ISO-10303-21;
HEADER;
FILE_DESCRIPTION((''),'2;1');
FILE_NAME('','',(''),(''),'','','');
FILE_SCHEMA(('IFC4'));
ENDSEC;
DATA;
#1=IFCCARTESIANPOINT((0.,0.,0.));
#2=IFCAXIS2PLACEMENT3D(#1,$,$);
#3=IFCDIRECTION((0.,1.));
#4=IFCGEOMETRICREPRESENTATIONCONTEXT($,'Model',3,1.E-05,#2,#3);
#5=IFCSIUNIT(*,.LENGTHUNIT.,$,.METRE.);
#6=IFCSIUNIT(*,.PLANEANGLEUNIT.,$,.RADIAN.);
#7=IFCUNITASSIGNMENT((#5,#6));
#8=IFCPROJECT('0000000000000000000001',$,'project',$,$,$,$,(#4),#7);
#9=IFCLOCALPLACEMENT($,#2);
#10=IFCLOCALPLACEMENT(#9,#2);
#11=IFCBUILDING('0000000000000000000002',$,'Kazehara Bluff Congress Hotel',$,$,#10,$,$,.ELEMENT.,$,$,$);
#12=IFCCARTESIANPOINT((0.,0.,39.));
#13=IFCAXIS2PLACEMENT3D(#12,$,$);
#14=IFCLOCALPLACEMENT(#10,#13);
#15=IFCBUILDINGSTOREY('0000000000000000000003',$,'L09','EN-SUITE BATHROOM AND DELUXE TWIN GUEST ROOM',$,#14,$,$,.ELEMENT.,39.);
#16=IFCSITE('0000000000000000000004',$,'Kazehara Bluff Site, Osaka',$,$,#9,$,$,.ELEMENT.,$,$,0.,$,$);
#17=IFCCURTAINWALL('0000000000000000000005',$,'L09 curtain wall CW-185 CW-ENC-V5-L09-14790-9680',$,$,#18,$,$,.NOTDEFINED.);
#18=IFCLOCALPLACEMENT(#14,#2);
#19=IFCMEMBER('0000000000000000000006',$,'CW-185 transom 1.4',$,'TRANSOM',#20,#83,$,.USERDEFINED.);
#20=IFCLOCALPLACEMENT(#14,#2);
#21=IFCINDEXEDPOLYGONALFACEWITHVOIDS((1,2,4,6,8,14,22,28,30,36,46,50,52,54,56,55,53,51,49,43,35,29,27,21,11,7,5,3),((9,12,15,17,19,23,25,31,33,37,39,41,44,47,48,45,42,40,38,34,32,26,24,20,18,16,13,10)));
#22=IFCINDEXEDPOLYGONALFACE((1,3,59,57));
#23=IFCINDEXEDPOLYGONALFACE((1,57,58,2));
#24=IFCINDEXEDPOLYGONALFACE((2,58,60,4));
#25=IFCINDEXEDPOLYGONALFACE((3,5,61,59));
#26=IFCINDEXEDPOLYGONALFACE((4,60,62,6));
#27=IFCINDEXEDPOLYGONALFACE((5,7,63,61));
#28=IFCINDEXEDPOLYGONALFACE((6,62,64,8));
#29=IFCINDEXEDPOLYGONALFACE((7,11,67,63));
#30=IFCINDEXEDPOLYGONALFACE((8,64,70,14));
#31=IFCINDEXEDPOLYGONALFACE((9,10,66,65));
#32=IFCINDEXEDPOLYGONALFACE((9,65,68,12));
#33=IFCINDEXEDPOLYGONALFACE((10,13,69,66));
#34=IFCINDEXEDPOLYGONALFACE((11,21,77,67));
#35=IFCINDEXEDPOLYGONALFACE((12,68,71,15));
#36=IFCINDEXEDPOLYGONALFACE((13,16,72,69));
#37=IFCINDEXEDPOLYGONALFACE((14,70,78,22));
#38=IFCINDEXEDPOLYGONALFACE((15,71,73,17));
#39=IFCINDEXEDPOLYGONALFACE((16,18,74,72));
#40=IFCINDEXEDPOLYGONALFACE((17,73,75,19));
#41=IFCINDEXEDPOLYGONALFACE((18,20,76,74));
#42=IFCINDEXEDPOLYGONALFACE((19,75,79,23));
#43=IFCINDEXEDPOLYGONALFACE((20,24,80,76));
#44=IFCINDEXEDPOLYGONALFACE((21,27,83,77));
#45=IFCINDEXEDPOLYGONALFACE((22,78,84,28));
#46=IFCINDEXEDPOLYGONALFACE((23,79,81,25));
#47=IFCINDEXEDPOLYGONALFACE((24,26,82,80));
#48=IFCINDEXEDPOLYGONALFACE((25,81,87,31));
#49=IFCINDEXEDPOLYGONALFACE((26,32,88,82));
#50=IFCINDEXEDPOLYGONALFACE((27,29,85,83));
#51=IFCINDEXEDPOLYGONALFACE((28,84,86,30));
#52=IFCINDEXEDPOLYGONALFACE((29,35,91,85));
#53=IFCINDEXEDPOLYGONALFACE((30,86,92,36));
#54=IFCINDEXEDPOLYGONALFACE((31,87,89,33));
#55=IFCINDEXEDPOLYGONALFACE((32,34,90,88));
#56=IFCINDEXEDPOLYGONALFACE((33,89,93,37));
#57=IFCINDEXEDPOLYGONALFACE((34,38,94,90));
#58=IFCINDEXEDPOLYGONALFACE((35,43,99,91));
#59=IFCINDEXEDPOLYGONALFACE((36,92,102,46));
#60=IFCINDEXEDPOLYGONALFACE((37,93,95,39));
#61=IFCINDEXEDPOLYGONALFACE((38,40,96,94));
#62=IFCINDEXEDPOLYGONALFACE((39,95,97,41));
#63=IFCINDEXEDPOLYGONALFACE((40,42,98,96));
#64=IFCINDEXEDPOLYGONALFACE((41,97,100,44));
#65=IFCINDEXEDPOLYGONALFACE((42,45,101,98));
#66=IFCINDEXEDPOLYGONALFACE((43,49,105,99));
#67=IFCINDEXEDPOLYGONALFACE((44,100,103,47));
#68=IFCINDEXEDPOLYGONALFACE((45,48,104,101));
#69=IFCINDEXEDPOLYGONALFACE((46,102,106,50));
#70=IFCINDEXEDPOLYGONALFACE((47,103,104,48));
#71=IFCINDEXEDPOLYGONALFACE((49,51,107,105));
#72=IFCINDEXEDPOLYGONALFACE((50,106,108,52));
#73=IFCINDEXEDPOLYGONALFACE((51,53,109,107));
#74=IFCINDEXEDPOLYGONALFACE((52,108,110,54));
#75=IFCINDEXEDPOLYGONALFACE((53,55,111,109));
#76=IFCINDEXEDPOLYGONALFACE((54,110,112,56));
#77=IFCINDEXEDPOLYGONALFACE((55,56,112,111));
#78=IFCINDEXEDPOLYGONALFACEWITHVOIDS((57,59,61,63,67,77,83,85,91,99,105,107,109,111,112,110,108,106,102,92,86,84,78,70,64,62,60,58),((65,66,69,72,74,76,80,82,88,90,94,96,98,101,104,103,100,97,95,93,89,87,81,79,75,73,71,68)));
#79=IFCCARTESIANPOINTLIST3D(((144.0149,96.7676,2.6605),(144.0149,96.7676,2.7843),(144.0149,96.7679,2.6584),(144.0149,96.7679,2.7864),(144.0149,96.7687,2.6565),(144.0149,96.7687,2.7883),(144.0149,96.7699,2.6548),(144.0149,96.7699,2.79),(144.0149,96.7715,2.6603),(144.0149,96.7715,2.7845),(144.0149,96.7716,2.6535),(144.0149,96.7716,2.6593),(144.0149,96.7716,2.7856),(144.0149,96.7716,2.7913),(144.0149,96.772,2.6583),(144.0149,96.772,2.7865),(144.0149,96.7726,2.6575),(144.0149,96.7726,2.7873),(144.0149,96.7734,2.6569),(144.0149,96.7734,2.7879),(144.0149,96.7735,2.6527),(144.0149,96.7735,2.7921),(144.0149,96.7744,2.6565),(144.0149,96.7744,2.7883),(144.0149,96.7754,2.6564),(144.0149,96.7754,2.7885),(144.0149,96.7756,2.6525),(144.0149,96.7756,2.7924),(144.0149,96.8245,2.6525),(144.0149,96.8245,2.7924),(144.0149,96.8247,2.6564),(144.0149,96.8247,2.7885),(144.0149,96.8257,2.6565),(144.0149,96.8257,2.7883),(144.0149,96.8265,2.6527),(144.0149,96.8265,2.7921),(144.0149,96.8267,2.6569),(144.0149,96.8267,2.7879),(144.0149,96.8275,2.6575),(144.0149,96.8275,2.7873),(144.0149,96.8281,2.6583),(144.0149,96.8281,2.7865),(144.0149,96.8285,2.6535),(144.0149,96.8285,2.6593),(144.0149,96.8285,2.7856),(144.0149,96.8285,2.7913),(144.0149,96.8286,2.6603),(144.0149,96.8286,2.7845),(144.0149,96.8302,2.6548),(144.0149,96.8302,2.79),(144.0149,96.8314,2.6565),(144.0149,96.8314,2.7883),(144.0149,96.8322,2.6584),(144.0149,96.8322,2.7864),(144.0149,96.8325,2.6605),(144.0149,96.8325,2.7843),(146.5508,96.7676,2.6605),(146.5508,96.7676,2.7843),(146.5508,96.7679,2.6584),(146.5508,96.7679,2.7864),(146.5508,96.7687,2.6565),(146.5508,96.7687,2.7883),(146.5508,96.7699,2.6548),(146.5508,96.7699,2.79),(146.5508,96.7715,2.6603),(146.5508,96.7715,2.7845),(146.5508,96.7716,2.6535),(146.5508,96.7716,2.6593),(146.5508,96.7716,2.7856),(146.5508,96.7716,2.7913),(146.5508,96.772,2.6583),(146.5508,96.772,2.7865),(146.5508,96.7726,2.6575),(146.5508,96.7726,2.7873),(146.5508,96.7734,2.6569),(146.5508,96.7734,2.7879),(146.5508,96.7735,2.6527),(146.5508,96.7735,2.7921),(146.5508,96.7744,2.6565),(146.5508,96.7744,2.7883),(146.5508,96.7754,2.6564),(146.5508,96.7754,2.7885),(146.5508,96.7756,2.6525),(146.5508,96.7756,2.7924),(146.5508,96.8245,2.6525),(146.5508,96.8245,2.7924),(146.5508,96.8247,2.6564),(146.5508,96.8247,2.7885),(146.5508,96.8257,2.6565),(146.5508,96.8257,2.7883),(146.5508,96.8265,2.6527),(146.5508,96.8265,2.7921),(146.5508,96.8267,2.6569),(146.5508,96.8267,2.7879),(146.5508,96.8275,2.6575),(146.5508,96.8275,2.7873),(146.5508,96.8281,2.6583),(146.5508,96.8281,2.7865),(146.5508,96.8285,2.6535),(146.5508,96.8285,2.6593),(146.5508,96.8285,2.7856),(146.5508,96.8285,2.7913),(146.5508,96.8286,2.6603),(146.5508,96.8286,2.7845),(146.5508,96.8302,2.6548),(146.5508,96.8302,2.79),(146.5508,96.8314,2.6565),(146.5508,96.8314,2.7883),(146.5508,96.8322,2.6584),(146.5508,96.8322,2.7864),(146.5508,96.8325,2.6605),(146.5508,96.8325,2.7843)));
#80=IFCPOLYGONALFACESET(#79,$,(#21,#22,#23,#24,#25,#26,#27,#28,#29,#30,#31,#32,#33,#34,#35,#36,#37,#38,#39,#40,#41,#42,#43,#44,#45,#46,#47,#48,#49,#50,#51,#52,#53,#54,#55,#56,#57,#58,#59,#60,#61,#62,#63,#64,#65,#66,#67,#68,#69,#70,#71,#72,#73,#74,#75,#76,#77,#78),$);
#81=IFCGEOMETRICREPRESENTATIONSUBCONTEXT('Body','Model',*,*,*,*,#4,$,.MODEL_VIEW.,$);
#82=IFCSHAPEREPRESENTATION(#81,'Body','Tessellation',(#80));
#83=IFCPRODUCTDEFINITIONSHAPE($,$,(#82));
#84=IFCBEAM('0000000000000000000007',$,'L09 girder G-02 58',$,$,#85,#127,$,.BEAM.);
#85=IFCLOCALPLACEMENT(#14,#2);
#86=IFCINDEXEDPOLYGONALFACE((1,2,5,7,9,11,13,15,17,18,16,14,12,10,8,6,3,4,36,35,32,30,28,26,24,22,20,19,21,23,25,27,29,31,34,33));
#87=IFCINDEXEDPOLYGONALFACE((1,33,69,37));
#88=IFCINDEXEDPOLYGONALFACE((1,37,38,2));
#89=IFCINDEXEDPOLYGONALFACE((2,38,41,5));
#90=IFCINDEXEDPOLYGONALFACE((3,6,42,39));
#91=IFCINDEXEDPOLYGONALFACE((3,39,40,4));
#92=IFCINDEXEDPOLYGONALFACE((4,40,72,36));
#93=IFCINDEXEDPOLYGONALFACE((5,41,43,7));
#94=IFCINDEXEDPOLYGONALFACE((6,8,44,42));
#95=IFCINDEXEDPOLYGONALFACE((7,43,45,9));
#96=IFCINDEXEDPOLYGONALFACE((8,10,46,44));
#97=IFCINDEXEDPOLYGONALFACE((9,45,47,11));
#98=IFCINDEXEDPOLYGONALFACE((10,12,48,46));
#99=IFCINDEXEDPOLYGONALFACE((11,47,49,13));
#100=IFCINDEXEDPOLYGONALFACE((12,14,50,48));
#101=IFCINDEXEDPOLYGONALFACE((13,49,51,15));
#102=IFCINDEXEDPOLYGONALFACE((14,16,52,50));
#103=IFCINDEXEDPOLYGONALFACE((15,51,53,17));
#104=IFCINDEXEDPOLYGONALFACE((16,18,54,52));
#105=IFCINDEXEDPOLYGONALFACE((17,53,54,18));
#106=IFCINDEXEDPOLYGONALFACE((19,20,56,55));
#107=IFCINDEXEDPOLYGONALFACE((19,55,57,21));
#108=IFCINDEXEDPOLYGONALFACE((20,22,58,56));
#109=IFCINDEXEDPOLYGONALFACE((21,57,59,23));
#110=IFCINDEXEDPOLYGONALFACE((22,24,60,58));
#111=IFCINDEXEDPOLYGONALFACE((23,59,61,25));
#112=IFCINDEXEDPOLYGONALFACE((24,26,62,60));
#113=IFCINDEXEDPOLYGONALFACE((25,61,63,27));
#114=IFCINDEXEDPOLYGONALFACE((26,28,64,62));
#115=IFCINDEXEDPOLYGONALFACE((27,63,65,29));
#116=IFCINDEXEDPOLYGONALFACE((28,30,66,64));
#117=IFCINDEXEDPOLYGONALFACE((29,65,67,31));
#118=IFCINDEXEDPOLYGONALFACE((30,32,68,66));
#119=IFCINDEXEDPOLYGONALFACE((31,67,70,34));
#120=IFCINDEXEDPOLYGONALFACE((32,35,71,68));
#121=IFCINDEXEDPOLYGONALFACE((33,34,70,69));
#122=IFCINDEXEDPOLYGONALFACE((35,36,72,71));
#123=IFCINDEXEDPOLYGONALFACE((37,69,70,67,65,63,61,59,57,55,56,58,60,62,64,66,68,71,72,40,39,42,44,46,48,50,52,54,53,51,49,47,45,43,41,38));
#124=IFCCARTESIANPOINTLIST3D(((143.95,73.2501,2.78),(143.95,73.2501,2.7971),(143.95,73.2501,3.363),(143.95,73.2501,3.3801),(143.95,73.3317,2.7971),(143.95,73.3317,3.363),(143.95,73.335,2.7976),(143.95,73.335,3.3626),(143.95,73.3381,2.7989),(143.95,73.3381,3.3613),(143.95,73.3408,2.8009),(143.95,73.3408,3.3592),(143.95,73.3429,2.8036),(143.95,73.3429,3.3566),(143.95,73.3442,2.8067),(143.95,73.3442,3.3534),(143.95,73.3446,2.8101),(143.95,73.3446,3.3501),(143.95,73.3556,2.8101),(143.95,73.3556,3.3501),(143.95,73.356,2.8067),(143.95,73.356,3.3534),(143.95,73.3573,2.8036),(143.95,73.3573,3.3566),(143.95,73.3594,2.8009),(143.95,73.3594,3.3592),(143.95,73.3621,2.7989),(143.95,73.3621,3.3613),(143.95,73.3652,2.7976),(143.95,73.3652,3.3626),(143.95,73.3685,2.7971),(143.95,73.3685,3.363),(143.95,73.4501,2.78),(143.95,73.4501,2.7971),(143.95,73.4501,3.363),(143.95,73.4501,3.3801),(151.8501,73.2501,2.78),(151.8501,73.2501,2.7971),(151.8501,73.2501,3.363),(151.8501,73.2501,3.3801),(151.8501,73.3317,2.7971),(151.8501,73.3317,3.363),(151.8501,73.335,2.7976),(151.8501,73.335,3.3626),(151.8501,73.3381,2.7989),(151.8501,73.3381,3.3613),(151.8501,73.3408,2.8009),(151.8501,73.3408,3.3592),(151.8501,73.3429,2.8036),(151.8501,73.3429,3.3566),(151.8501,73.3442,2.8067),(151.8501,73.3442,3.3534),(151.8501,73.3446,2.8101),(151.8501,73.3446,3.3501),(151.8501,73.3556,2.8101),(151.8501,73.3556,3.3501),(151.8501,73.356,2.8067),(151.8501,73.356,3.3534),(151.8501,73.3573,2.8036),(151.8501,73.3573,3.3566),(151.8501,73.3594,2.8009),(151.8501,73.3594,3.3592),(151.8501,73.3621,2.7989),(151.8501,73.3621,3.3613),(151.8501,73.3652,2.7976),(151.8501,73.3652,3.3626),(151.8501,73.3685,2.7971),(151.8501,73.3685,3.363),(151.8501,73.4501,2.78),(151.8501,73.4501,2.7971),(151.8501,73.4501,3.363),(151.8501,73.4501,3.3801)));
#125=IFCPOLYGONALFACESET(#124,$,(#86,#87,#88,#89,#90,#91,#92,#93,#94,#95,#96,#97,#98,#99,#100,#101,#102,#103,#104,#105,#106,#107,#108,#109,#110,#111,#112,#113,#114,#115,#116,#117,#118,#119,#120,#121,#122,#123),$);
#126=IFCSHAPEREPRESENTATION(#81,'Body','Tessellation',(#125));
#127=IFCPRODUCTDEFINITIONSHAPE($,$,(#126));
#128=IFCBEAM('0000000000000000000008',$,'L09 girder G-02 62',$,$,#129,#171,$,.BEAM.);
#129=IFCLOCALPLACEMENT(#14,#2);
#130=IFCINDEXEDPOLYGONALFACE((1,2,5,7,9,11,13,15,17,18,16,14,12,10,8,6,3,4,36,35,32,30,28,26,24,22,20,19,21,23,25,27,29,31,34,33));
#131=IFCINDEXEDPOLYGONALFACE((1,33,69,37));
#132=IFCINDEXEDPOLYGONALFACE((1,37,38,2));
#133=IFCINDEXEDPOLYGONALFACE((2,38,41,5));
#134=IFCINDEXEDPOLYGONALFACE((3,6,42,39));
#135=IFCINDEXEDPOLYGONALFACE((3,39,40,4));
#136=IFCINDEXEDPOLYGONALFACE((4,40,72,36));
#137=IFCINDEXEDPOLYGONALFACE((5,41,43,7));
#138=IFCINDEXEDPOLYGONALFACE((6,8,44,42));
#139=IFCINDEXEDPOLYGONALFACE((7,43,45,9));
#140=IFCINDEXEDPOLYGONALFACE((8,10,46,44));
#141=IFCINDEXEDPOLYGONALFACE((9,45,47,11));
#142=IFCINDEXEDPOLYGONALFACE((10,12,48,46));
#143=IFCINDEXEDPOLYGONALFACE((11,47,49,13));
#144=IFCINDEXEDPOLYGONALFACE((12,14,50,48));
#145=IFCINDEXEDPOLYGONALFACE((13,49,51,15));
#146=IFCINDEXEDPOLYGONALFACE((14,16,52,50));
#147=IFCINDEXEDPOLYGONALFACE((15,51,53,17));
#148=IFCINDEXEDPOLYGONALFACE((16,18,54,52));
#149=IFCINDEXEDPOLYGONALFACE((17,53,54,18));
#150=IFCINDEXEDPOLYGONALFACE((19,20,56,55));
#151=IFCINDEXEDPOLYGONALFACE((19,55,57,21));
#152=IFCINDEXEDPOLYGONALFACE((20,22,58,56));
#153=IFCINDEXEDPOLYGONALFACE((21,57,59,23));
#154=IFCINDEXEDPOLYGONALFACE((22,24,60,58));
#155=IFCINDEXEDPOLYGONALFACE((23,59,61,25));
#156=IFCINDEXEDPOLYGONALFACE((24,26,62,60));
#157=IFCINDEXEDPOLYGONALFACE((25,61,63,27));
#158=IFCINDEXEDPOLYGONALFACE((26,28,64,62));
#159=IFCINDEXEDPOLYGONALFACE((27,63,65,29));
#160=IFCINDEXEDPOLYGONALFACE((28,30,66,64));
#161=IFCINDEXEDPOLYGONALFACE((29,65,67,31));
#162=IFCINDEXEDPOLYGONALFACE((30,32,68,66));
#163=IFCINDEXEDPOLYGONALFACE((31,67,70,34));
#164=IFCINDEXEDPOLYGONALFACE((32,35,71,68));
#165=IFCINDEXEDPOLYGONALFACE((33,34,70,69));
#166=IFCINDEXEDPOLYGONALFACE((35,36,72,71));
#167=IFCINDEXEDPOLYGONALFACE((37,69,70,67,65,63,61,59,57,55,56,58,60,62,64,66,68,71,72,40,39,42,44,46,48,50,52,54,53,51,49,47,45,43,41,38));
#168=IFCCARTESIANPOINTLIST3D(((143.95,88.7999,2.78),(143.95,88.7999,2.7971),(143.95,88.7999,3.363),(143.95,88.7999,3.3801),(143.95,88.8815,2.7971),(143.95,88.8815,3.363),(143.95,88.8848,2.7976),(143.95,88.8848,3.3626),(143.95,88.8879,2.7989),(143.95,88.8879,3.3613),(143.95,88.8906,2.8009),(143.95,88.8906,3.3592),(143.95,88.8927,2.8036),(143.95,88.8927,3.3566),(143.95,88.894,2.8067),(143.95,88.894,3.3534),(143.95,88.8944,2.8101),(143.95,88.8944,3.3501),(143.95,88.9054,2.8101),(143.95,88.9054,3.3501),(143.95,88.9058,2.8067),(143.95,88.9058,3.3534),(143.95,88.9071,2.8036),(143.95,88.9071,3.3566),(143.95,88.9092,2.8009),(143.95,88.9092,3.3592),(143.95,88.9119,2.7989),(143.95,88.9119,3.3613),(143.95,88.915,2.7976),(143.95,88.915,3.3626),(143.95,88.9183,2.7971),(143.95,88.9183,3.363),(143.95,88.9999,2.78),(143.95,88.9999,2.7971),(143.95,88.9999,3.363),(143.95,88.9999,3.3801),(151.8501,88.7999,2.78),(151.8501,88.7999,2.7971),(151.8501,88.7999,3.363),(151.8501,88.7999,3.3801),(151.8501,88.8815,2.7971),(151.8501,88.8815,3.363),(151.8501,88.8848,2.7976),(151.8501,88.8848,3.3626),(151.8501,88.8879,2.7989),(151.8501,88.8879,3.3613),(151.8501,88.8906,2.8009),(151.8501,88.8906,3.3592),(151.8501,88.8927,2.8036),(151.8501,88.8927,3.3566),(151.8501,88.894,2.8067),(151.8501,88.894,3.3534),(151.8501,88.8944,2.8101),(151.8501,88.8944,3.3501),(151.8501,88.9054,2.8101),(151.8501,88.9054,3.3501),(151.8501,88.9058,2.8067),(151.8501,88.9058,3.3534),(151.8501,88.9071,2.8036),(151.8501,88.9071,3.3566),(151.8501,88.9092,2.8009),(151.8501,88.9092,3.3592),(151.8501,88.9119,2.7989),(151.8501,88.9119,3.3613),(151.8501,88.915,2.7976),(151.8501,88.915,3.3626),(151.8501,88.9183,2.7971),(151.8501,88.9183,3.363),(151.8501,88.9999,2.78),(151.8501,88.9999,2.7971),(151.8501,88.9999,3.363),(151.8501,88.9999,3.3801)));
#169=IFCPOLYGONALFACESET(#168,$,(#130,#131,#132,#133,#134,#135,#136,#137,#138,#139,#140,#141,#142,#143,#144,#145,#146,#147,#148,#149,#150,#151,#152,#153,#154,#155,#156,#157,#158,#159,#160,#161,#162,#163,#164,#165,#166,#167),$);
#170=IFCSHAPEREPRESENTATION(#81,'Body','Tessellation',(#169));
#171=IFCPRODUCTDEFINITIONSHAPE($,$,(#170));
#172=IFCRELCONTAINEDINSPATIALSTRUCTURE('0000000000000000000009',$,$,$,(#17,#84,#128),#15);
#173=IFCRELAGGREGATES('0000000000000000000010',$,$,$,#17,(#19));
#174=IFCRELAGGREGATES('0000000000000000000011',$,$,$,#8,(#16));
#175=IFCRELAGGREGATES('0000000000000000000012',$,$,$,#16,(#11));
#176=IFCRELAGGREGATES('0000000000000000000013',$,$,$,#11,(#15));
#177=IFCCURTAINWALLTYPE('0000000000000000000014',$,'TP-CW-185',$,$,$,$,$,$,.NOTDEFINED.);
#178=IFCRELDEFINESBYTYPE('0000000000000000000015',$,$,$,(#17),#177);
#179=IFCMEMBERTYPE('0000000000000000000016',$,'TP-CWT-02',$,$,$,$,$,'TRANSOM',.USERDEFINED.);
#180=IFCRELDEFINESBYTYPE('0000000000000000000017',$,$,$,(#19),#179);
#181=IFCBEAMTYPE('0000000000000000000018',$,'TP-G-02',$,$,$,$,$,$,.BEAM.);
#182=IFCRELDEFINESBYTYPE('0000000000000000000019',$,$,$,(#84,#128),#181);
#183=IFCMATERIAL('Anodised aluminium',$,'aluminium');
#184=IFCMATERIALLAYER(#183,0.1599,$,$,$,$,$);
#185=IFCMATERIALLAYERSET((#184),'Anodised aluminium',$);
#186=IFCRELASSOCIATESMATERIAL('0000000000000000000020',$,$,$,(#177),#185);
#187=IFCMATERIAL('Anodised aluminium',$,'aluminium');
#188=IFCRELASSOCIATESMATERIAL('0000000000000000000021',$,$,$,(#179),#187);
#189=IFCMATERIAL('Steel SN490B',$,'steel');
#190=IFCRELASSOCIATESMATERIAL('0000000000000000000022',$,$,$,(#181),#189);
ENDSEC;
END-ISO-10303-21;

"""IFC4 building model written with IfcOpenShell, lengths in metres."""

from ifc_helpers import new_model, si_unit, direction, frame, origin, origin_2d, place, context, subcontext, project, spatial, hollow_rectangle, i_section, extrude, material, layer, layer_set, material_profile, profile_set, type_object, element, aggregate, save


model = new_model("IFC4")

# Units and contexts
model_context = context("Model", 3, precision=1e-05, world=origin(), true_north=direction((0.0, 1.0)))
body_context = subcontext(model_context, "Body", "Model", "MODEL_VIEW")
ifc_project = project(units=[si_unit("LENGTHUNIT", "METRE"), si_unit("PLANEANGLEUNIT", "RADIAN")], contexts=[model_context])

# Site, building, storey
site_placement = place(None, origin())
site = spatial("IfcSite", under=ifc_project, at=site_placement, Name="Kazehara Bluff Site, Osaka", CompositionType="ELEMENT", RefElevation=0.0)
building_placement = place(site_placement, origin())
building = spatial("IfcBuilding", under=site, at=building_placement, Name="Kazehara Bluff Congress Hotel", CompositionType="ELEMENT")
storey_placement = place(building_placement, frame((0.0, 0.0, 39.0)))
storey = spatial("IfcBuildingStorey", under=building, at=storey_placement, Name="L09", Description="EN-SUITE BATHROOM AND DELUXE TWIN GUEST ROOM", CompositionType="ELEMENT", Elevation=39.0)

# Curtain wall, member
ifc_material_1 = material(Name="Anodised aluminium", Category="aluminium")
ifc_layer_1 = layer(ifc_material_1, 0.1599)
ifc_layer_set_1 = layer_set([ifc_layer_1], Name="Anodised aluminium")
curtain_wall_type = type_object("IfcCurtainWallType", Name="TP-CW-185", PredefinedType="NOTDEFINED", material=ifc_layer_set_1)
curtain_wall_placement = place(storey_placement, origin())
curtain_wall = element("IfcCurtainWall", 1, at=curtain_wall_placement, inside=storey, type_object=curtain_wall_type, Name="L09 curtain wall CW-185 CW-ENC-V5-L09-14790-9680", PredefinedType="NOTDEFINED")
ifc_material_2 = material(Name="Anodised aluminium", Category="aluminium")
ifc_material_profile_1 = material_profile(ifc_material_2, hollow_rectangle(XDim=0.0649, YDim=0.1399, WallThickness=0.0039, InnerFilletRadius=0.0039, OuterFilletRadius=0.0081, at=origin_2d()))
ifc_profile_set_1 = profile_set([ifc_material_profile_1], Name="Anodised aluminium")
member_type_1 = type_object("IfcMemberType", Name="TP-CWT-02", ElementType="TRANSOM", PredefinedType="USERDEFINED", material=ifc_profile_set_1)
member_1_placement = place(storey_placement, frame((144.0149, 96.8, 2.7224), z_axis=(1.0, 0.0, 0.0), x_axis=(0.0, 1.0, 0.0)))
member_1 = element("IfcMember", 2, at=member_1_placement, type_object=member_type_1, Name="CW-185 transom 1.4", ObjectType="TRANSOM", PredefinedType="USERDEFINED", context=body_context, shape_type="SweptSolid", body=[
    extrude(hollow_rectangle(XDim=0.0649, YDim=0.1399, WallThickness=0.0039, InnerFilletRadius=0.0039, OuterFilletRadius=0.0081, at=origin_2d()), origin(), (0.0, 0.0, 1.0), 2.5359),
])
aggregate(curtain_wall, [member_1])

# Beams
ifc_material_3 = material(Name="Steel SN490B", Category="steel")
ifc_material_profile_2 = material_profile(ifc_material_3, i_section(OverallWidth=0.2, OverallDepth=0.6001, WebThickness=0.011, FlangeThickness=0.0171, FilletRadius=0.0129, at=origin_2d()))
ifc_profile_set_2 = profile_set([ifc_material_profile_2], Name="Steel SN490B")
beam_type_1 = type_object("IfcBeamType", Name="TP-G-02", PredefinedType="BEAM", material=ifc_profile_set_2)
for number, where, z_axis, x_axis, name in (
    (3, (143.95, 73.3501, 3.0801), (1.0, 0.0, 0.0), (0.0, 1.0, 0.0), "L09 girder G-02 58"),
    (4, (143.95, 88.8999, 3.0801), (1.0, 0.0, 0.0), (0.0, 1.0, 0.0), "L09 girder G-02 62"),
):
    element("IfcBeam", number, at=place(storey_placement, frame(where, z_axis=z_axis, x_axis=x_axis)), inside=storey, type_object=beam_type_1, Name=name, PredefinedType="BEAM", context=body_context, shape_type="SweptSolid", body=[
        extrude(i_section(OverallWidth=0.2, OverallDepth=0.6001, WebThickness=0.011, FlangeThickness=0.0171, FilletRadius=0.0129, at=origin_2d()), origin(), (0.0, 0.0, 1.0), 7.9001),
    ])

save(model, "model.ifc")
